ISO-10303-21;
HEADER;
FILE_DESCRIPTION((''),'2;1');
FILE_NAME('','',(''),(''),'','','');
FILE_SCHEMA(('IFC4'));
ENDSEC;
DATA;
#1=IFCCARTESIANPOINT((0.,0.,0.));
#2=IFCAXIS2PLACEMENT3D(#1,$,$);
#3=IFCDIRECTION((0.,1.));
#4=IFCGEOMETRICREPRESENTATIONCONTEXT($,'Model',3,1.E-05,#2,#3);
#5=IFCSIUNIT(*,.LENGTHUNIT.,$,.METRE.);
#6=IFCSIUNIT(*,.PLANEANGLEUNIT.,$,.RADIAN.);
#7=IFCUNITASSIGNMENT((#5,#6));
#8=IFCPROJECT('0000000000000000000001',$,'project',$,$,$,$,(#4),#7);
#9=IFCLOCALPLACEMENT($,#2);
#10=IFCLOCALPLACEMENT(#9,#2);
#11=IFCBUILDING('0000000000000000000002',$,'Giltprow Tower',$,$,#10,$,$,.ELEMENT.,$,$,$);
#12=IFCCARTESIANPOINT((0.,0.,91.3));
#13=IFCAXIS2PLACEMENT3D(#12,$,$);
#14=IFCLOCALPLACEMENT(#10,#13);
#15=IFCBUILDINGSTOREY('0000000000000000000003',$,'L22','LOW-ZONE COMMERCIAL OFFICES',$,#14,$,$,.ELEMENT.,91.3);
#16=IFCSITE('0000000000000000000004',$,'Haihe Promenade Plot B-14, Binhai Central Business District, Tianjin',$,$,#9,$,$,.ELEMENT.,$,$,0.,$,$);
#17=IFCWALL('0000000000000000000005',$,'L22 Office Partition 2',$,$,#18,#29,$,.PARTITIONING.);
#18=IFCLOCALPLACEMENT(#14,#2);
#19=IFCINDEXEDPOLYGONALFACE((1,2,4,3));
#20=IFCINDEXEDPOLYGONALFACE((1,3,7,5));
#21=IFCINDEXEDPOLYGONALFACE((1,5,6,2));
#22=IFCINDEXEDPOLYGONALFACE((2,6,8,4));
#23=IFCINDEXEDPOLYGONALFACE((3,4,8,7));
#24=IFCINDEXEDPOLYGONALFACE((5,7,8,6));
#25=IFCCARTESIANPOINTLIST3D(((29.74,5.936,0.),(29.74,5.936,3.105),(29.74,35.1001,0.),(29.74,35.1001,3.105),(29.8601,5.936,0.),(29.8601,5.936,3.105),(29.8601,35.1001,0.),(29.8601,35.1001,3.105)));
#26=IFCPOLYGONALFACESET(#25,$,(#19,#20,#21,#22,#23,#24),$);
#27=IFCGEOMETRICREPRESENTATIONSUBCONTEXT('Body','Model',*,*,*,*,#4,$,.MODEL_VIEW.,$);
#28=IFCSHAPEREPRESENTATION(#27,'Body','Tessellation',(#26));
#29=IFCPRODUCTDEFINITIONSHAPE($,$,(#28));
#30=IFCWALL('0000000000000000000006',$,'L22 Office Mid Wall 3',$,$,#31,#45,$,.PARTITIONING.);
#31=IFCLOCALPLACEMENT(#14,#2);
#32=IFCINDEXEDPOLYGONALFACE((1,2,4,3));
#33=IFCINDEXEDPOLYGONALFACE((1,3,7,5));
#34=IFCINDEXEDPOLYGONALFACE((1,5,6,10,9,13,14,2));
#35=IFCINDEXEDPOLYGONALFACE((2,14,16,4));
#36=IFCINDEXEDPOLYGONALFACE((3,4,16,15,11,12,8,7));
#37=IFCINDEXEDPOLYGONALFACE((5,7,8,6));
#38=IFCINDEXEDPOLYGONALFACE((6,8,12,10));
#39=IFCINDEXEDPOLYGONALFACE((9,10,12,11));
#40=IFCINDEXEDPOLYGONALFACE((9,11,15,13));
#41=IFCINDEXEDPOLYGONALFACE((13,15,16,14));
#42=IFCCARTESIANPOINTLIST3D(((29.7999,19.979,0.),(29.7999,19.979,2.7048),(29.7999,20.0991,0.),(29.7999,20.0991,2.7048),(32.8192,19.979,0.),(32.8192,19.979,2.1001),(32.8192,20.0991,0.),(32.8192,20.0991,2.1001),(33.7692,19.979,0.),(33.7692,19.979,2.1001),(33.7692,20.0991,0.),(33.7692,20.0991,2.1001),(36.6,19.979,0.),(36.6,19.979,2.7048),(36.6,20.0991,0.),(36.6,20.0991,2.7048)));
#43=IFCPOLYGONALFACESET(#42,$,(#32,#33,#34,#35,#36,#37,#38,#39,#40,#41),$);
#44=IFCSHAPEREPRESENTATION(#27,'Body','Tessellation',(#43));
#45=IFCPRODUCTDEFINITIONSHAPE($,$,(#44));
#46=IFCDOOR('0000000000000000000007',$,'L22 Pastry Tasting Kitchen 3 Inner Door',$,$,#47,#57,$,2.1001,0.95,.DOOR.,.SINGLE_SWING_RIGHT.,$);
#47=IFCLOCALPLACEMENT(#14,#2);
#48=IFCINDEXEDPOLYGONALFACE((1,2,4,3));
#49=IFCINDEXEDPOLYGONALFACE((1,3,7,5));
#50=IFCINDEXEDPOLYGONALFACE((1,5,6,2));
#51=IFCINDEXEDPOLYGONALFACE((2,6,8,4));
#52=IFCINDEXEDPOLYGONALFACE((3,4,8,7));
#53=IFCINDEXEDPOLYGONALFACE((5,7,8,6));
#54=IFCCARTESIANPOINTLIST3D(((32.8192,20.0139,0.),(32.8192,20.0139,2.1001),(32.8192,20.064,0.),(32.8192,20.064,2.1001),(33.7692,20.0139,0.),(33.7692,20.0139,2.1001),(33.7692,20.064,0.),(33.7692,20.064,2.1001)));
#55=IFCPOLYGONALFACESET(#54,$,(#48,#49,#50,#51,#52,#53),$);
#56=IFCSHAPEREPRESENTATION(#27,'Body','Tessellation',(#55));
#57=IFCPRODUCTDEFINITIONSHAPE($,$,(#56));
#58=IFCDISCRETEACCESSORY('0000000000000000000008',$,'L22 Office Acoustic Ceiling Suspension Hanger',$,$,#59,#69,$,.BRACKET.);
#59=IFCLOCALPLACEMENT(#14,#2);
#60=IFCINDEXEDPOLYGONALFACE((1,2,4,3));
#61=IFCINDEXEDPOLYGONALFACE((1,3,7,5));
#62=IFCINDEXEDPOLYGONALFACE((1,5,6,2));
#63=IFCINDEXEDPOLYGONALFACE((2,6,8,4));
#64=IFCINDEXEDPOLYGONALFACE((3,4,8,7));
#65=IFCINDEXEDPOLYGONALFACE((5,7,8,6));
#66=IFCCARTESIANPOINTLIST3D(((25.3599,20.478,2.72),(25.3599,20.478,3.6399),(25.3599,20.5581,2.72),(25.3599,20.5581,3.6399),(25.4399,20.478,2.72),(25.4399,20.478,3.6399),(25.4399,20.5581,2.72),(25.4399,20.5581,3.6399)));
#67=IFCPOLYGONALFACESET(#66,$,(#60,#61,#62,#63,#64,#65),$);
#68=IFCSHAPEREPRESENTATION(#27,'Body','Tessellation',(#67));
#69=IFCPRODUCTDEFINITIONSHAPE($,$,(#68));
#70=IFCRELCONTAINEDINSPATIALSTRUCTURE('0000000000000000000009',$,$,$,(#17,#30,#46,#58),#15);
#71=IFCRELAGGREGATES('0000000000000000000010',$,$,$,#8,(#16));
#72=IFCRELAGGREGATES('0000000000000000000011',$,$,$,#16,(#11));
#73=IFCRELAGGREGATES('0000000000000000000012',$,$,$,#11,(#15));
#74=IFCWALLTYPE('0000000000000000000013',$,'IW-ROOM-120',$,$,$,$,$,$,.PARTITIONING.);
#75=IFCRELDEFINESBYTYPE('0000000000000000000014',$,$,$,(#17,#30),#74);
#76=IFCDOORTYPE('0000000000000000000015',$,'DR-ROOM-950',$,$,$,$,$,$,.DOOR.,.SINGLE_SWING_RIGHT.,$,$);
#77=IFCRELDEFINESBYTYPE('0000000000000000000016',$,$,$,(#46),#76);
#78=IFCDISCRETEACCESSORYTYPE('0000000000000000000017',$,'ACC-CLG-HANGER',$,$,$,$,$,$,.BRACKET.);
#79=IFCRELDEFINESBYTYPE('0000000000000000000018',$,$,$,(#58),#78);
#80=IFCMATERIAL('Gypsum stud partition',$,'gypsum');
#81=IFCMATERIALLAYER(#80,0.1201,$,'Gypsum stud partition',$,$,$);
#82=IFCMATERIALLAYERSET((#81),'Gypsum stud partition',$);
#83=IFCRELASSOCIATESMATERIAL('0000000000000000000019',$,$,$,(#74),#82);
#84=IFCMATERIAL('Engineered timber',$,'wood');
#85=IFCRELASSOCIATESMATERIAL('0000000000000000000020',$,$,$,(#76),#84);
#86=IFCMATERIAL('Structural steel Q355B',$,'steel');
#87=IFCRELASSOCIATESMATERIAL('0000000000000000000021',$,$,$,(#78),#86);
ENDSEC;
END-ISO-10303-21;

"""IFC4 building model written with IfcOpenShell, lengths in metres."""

from ifc_helpers import new_model, si_unit, direction, frame, frame_2d, origin, origin_2d, place, context, subcontext, project, spatial, rectangle, extrude, source, transform, mapped, material, layer, layer_set, type_object, element, fill, save


model = new_model("IFC4")

# Units and contexts
model_context = context("Model", 3, precision=1e-05, world=origin(), true_north=direction((0.0, 1.0)))
body_context = subcontext(model_context, "Body", "Model", "MODEL_VIEW")
ifc_project = project(units=[si_unit("LENGTHUNIT", "METRE"), si_unit("PLANEANGLEUNIT", "RADIAN")], contexts=[model_context])

# Site, building, storey
site_placement = place(None, origin())
site = spatial("IfcSite", under=ifc_project, at=site_placement, Name="Haihe Promenade Plot B-14, Binhai Central Business District, Tianjin", CompositionType="ELEMENT", RefElevation=0.0)
building_placement = place(site_placement, origin())
building = spatial("IfcBuilding", under=site, at=building_placement, Name="Giltprow Tower", CompositionType="ELEMENT")
storey_placement = place(building_placement, frame((0.0, 0.0, 91.3)))
storey = spatial("IfcBuildingStorey", under=building, at=storey_placement, Name="L22", Description="LOW-ZONE COMMERCIAL OFFICES", CompositionType="ELEMENT", Elevation=91.3)

# Shared definitions
ifc_material_1 = material(Name="Structural steel Q355B", Category="steel")

# Shared definitions
ifc_material_2 = material(Name="Gypsum stud partition", Category="gypsum")
ifc_layer_1 = layer(ifc_material_2, 0.1201, Name="Gypsum stud partition")
ifc_layer_set_1 = layer_set([ifc_layer_1], Name="Gypsum stud partition")
wall_type_1 = type_object("IfcWallType", Name="IW-ROOM-120", PredefinedType="PARTITIONING", material=ifc_layer_set_1)

# Shared definitions
ifc_material_3 = material(Name="Engineered timber", Category="wood")
door_type_1 = type_object("IfcDoorType", Name="DR-ROOM-950", OperationType="SINGLE_SWING_RIGHT", PredefinedType="DOOR", material=ifc_material_3)
shared_shape_1 = source(origin(), body_context, "Body", "SweptSolid", [
    extrude(rectangle(XDim=0.95, YDim=2.1001, at=frame_2d((0.4751, 1.05))), frame((0.0, 0.0249, 0.0), z_axis=(0.0, -1.0, 0.0), x_axis=(1.0, 0.0, 0.0)), (0.0, 0.0, 1.0), 0.05),
])

# Wall
wall_1_placement = place(storey_placement, frame((29.8, 5.936, 0.0), z_axis=(0.0, 0.0, 1.0), x_axis=(0.0, 1.0, 0.0)))
element("IfcWall", 1, at=wall_1_placement, inside=storey, type_object=wall_type_1, Name="L22 Office Partition 2", PredefinedType="PARTITIONING", context=body_context, shape_type="SweptSolid", body=[
    extrude(rectangle(XDim=29.1641, YDim=0.1201, at=frame_2d((14.582, 0.0))), origin(), (0.0, 0.0, 1.0), 3.105),
])

# Wall, opening, door
wall_2_placement = place(storey_placement, frame((29.8, 20.0391, 0.0), z_axis=(0.0, 0.0, 1.0), x_axis=(1.0, 0.0, 0.0)))
wall_2 = element("IfcWall", 2, at=wall_2_placement, inside=storey, type_object=wall_type_1, Name="L22 Office Mid Wall 3", PredefinedType="PARTITIONING", context=body_context, shape_type="SweptSolid", body=[
    extrude(rectangle(XDim=6.8, YDim=0.1201, at=frame_2d((3.3999, 0.0))), origin(), (0.0, 0.0, 1.0), 2.7048),
])
opening_1_placement = place(wall_2_placement, frame((3.019, 0.0, 0.0)))
opening_1 = element("IfcOpeningElement", 3, at=opening_1_placement, cuts=wall_2, PredefinedType="OPENING", context=body_context, shape_type="SweptSolid", body=[
    extrude(rectangle(XDim=0.95, YDim=2.1001, at=frame_2d((0.4751, 1.05))), frame((0.0, 0.0701, 0.0), z_axis=(0.0, -1.0, 0.0), x_axis=(1.0, 0.0, 0.0)), (0.0, 0.0, 1.0), 0.1401),
])
door_1_placement = place(opening_1_placement, origin())
door_1 = element("IfcDoor", 4, at=door_1_placement, inside=storey, type_object=door_type_1, Name="L22 Pastry Tasting Kitchen 3 Inner Door", OperationType="SINGLE_SWING_RIGHT", OverallHeight=2.1001, OverallWidth=0.95, PredefinedType="DOOR", context=body_context, shape_type="MappedRepresentation", body=[
    mapped(shared_shape_1, transform((0.0, 0.0, 0.0), x_axis=(1.0, 0.0, 0.0), y_axis=(0.0, 1.0, 0.0), z_axis=(0.0, 0.0, 1.0), scale=1.0)),
])
fill(opening_1, door_1)

# Discrete accessory
discrete_accessory_type = type_object("IfcDiscreteAccessoryType", Name="ACC-CLG-HANGER", PredefinedType="BRACKET", material=ifc_material_1)
shared_shape_2 = source(origin(), body_context, "Body", "SweptSolid", [
    extrude(rectangle(XDim=0.0801, YDim=0.0801, at=origin_2d()), origin(), (0.0, 0.0, 1.0), 0.9199),
])
discrete_accessory_placement = place(storey_placement, frame((25.3999, 20.5181, 2.72), z_axis=(0.0, 0.0, 1.0), x_axis=(1.0, 0.0, 0.0)))
element("IfcDiscreteAccessory", 5, at=discrete_accessory_placement, inside=storey, type_object=discrete_accessory_type, Name="L22 Office Acoustic Ceiling Suspension Hanger", PredefinedType="BRACKET", context=body_context, shape_type="MappedRepresentation", body=[
    mapped(shared_shape_2, transform((0.0, 0.0, 0.0), x_axis=(1.0, 0.0, 0.0), y_axis=(0.0, 1.0, 0.0), z_axis=(0.0, 0.0, 1.0), scale=1.0)),
])

save(model, "model.ifc")
